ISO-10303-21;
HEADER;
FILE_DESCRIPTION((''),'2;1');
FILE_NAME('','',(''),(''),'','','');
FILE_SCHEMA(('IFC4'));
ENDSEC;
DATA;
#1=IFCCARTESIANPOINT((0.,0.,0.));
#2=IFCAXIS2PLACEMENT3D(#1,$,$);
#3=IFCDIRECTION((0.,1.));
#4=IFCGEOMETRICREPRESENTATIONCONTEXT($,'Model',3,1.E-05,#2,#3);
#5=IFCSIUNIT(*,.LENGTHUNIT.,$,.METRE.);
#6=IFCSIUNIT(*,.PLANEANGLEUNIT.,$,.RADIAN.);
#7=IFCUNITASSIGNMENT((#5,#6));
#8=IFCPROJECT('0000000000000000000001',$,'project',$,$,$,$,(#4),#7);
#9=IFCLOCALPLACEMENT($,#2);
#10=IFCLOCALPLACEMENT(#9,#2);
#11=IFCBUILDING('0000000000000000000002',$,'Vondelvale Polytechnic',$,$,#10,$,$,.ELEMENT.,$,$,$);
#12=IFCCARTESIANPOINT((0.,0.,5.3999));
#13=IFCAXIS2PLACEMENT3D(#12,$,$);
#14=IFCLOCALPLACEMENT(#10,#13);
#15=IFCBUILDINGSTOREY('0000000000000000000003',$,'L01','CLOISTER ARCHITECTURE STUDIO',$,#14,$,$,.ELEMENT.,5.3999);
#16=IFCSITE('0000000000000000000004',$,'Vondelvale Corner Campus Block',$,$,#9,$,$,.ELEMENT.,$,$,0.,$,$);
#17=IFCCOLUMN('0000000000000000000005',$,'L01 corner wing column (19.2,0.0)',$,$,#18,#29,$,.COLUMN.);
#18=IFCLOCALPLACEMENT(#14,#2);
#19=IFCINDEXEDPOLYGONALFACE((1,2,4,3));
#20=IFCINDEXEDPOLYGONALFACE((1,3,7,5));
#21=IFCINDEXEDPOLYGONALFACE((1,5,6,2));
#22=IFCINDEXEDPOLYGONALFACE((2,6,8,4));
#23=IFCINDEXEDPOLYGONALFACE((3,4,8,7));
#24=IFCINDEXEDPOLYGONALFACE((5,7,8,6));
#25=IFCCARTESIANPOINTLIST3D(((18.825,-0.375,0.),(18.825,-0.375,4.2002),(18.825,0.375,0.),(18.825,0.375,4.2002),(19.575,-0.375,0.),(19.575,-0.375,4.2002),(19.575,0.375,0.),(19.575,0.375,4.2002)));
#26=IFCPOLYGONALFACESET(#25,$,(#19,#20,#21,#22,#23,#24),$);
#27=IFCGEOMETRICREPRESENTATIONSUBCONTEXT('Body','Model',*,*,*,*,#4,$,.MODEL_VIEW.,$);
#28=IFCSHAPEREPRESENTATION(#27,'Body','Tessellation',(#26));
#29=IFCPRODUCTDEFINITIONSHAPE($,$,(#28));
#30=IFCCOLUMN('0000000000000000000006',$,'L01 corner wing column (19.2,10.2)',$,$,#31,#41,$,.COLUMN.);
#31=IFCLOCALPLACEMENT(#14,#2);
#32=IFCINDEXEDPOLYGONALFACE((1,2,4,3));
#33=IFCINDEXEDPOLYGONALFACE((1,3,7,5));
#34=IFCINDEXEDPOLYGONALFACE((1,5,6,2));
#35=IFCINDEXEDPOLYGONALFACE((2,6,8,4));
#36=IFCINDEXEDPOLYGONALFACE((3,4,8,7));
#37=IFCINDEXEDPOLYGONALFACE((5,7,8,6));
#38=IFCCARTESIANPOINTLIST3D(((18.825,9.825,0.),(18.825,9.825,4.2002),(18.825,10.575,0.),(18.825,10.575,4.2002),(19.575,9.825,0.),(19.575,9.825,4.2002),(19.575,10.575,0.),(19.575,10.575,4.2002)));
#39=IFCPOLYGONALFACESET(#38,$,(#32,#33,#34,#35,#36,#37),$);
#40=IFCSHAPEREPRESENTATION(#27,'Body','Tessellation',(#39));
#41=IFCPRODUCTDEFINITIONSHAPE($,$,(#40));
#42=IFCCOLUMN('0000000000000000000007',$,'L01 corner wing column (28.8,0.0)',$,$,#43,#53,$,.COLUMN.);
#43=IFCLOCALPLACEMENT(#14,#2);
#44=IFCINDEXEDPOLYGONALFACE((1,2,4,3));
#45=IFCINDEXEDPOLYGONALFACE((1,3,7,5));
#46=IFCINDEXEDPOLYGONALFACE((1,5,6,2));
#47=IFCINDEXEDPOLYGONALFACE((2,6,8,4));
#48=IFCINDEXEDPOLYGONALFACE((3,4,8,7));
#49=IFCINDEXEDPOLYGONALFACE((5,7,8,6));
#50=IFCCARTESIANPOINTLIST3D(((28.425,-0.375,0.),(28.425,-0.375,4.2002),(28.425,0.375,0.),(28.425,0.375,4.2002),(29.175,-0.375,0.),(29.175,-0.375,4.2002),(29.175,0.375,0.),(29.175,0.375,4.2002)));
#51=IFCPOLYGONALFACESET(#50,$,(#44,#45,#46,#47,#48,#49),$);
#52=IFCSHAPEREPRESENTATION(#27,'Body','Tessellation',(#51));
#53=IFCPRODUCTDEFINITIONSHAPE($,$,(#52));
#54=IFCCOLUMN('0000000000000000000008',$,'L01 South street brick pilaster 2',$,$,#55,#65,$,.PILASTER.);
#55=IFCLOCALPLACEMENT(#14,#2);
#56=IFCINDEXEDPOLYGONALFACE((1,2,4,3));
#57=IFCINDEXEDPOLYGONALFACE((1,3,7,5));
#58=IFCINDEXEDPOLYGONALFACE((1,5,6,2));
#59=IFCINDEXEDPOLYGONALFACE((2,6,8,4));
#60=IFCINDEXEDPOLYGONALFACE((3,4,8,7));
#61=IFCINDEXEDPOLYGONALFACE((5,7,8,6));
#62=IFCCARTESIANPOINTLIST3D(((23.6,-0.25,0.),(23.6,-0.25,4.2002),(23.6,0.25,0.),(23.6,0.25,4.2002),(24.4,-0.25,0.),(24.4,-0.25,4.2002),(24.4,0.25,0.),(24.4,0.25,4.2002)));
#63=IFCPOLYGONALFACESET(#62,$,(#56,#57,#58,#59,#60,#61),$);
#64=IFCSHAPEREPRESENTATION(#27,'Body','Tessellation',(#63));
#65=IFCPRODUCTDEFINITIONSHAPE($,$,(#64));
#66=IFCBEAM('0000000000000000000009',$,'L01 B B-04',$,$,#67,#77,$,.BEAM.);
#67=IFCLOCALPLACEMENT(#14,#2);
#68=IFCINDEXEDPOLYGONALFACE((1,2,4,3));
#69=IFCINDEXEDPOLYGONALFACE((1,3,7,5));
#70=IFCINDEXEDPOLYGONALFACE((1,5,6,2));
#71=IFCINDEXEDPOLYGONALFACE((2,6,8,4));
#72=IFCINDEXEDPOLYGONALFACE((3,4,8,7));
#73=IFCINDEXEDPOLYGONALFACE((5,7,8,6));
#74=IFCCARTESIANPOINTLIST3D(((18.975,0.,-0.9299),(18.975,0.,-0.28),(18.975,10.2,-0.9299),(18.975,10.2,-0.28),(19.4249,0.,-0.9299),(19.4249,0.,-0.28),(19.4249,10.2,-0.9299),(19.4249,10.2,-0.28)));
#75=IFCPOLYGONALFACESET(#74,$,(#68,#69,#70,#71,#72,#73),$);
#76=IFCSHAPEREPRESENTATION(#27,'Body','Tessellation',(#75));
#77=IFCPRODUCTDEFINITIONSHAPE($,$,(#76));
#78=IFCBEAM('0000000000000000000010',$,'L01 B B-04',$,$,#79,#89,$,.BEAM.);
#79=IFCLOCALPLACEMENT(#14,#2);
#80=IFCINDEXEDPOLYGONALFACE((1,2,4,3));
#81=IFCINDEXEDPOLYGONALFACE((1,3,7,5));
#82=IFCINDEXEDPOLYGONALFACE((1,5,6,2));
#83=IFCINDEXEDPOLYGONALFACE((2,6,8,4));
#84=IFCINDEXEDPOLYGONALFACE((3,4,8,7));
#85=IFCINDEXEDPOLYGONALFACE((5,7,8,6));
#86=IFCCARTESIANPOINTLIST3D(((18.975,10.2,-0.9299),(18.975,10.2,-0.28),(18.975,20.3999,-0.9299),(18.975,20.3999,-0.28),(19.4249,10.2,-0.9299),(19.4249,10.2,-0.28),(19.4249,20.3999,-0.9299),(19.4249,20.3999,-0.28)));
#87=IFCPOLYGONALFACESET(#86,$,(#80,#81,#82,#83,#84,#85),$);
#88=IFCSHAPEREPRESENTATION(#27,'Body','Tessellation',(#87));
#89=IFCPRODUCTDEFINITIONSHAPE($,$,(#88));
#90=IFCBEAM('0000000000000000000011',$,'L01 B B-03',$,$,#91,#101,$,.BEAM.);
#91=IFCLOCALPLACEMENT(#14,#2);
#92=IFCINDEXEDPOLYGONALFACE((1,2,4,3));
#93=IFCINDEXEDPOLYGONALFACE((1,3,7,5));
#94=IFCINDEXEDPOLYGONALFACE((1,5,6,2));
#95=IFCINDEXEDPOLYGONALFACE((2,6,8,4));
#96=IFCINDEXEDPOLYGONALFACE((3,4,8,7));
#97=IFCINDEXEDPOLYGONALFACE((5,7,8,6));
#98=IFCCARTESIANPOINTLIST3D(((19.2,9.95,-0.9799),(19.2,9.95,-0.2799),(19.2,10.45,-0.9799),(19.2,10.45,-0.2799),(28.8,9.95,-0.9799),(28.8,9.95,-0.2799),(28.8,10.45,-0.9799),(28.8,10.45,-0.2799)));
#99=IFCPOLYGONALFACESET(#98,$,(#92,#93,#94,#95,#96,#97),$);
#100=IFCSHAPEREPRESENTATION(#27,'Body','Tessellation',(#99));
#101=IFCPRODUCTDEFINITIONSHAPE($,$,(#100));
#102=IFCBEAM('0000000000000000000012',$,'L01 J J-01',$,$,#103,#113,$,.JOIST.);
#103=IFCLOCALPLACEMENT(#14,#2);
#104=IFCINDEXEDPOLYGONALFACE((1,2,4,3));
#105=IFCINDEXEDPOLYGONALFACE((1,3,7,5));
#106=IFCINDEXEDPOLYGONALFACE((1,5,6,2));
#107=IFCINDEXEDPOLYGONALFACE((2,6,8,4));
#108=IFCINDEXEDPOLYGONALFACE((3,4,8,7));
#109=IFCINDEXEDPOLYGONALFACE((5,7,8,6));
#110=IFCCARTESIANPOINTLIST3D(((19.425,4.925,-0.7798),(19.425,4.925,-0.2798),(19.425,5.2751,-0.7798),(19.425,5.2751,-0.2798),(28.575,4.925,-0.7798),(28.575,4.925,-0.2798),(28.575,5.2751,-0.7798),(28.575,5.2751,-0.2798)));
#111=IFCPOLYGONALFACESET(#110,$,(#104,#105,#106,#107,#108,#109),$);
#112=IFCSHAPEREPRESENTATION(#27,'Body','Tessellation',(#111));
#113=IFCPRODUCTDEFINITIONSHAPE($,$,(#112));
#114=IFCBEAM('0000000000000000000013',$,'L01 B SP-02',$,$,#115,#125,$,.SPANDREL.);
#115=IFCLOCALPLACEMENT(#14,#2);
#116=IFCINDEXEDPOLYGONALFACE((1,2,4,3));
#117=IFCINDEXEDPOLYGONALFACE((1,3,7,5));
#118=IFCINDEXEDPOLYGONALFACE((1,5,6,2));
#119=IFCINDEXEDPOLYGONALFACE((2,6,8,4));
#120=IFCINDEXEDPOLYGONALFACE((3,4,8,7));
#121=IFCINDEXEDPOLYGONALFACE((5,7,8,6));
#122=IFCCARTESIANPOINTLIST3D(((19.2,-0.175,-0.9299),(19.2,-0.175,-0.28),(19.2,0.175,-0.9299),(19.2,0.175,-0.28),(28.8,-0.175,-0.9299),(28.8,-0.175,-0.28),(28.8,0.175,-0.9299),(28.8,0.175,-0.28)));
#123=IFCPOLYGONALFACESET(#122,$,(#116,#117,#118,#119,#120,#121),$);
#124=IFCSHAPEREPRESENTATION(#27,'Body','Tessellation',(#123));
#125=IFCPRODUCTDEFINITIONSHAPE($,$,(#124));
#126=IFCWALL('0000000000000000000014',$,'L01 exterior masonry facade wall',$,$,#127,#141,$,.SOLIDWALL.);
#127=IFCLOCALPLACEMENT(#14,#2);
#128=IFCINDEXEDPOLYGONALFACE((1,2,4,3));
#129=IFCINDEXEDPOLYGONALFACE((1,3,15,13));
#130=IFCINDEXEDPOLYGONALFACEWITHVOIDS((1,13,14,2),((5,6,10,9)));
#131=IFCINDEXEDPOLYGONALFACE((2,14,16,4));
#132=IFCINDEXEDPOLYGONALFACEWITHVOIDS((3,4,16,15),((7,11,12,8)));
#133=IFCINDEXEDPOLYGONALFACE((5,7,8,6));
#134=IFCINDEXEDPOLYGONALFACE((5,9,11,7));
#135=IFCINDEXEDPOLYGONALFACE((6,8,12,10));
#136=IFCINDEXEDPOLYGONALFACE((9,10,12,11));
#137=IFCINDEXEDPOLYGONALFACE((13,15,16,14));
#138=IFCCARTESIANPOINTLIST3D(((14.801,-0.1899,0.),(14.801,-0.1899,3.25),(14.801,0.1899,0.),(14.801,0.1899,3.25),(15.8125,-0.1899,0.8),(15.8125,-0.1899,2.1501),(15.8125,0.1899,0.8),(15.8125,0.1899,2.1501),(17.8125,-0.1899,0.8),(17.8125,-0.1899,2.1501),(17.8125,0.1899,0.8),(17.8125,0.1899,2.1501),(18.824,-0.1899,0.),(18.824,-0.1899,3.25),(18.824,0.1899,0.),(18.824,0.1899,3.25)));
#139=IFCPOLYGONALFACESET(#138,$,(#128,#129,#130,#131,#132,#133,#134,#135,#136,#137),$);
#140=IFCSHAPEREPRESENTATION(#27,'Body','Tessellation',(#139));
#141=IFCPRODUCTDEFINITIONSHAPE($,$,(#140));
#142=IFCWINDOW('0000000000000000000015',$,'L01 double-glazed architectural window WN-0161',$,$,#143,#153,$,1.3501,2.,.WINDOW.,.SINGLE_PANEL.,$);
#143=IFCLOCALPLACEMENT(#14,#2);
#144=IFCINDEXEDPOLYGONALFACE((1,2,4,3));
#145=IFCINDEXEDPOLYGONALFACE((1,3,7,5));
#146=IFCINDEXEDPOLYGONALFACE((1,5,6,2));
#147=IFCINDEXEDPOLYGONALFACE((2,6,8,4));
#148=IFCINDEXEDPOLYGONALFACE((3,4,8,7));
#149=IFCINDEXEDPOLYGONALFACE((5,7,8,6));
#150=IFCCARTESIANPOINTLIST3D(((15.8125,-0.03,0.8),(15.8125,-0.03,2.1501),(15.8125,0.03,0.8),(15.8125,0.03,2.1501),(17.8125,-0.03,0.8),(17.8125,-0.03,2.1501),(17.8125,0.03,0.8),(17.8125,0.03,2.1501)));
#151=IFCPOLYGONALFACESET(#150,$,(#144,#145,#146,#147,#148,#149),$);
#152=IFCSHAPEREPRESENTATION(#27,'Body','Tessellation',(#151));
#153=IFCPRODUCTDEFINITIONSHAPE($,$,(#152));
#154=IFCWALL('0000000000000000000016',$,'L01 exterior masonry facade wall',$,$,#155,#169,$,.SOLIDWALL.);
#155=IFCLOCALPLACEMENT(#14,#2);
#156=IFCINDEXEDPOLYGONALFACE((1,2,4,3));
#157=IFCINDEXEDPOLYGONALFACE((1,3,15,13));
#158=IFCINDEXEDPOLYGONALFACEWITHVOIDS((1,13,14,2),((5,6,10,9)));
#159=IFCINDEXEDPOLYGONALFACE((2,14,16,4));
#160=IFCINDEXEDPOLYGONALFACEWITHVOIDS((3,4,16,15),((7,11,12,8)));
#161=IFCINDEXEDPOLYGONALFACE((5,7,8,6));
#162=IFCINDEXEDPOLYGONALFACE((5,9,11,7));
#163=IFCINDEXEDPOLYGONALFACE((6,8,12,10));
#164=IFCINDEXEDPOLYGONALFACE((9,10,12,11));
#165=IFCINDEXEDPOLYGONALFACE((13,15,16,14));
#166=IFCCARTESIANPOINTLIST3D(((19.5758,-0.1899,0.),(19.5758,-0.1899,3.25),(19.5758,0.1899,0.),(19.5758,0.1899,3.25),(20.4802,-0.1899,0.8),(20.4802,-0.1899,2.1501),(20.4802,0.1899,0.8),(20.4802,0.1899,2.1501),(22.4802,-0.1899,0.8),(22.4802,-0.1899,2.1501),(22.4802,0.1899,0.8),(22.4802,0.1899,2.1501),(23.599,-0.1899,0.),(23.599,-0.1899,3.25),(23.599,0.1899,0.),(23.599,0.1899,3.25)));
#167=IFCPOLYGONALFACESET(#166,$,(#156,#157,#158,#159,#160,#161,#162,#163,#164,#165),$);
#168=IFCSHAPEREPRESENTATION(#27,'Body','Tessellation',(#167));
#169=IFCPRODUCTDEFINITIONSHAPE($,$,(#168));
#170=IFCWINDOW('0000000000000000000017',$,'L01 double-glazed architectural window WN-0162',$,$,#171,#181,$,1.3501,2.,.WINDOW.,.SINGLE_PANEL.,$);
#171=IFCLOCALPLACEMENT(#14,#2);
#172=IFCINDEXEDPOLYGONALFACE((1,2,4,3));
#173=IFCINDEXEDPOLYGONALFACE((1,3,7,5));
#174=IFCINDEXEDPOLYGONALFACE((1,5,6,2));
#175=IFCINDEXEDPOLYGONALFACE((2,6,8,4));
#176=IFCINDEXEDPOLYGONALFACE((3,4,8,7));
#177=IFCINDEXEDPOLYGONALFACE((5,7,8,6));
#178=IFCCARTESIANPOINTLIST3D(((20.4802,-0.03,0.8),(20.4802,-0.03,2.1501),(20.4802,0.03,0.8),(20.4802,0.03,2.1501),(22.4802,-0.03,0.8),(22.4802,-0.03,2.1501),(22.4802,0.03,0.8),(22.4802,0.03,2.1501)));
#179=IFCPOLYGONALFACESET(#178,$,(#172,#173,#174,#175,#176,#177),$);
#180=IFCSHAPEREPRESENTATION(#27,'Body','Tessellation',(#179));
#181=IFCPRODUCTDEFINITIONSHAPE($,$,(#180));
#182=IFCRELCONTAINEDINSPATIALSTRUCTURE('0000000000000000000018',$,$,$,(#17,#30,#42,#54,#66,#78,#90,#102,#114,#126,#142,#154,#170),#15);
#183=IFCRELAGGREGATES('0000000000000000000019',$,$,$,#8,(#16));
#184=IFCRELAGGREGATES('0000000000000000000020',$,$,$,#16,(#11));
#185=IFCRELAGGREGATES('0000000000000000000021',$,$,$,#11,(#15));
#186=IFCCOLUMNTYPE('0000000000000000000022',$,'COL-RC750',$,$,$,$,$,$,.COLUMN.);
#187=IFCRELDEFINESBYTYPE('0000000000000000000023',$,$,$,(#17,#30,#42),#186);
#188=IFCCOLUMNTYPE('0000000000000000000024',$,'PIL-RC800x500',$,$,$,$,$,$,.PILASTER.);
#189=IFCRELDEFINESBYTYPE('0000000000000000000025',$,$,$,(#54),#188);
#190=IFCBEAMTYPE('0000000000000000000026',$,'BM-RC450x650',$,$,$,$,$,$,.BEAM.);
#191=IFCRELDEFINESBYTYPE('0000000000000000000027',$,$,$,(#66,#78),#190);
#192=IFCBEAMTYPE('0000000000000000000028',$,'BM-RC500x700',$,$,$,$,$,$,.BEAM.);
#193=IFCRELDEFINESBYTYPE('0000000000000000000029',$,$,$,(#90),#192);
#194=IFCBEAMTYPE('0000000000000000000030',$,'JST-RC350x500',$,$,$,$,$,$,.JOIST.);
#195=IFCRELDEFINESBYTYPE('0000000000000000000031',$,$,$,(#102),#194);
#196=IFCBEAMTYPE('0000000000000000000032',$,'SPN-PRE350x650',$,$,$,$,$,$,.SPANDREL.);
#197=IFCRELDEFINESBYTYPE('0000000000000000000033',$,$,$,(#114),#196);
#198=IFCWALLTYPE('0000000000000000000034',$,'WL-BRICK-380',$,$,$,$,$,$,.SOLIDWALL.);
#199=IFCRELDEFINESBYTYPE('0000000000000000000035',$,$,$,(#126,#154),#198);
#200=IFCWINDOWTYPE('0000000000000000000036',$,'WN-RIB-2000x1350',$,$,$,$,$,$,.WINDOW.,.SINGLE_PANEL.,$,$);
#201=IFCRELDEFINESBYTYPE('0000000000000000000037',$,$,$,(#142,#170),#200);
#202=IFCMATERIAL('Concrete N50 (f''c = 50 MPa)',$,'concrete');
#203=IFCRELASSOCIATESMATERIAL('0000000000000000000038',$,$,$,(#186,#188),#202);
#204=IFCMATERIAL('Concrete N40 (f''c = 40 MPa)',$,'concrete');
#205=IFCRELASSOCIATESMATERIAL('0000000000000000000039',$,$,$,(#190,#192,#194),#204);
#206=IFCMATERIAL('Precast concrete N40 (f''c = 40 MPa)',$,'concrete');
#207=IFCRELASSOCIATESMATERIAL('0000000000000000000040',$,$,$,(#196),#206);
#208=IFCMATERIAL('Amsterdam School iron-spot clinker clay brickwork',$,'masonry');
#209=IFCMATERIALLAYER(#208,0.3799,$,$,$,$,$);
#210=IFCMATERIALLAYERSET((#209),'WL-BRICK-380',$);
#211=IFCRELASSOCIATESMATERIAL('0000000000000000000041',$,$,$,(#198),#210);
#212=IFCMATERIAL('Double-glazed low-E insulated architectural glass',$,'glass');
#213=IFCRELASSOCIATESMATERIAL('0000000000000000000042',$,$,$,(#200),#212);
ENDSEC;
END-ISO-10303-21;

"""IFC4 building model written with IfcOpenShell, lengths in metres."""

from ifc_helpers import new_model, si_unit, direction, frame, frame_2d, origin, origin_2d, place, context, subcontext, project, spatial, rectangle, extrude, material, layer, layer_set, material_profile, profile_set, type_object, element, fill, save


model = new_model("IFC4")

# Units and contexts
model_context = context("Model", 3, precision=1e-05, world=origin(), true_north=direction((0.0, 1.0)))
body_context = subcontext(model_context, "Body", "Model", "MODEL_VIEW")
ifc_project = project(units=[si_unit("LENGTHUNIT", "METRE"), si_unit("PLANEANGLEUNIT", "RADIAN")], contexts=[model_context])

# Site, building, storey
site_placement = place(None, origin())
site = spatial("IfcSite", under=ifc_project, at=site_placement, Name="Vondelvale Corner Campus Block", CompositionType="ELEMENT", RefElevation=0.0)
building_placement = place(site_placement, origin())
building = spatial("IfcBuilding", under=site, at=building_placement, Name="Vondelvale Polytechnic", CompositionType="ELEMENT")
storey_placement = place(building_placement, frame((0.0, 0.0, 5.3999)))
storey = spatial("IfcBuildingStorey", under=building, at=storey_placement, Name="L01", Description="CLOISTER ARCHITECTURE STUDIO", CompositionType="ELEMENT", Elevation=5.3999)

# Columns
ifc_material_1 = material(Name="Concrete N50 (f'c = 50 MPa)", Category="concrete")
ifc_material_profile_1 = material_profile(ifc_material_1, rectangle(XDim=0.75, YDim=0.75, at=origin_2d()), Name="RC-COL-750x750")
ifc_profile_set_1 = profile_set([ifc_material_profile_1], Name="Concrete N50 (f'c = 50 MPa)")
column_type_1 = type_object("IfcColumnType", Name="COL-RC750", PredefinedType="COLUMN", material=ifc_profile_set_1)
for number, where, z_axis, x_axis, name in (
    (1, (19.2, 0.0, 0.0), (0.0, 0.0, 1.0), (1.0, 0.0, 0.0), "L01 corner wing column (19.2,0.0)"),
    (2, (19.2, 10.2, 0.0), (0.0, 0.0, 1.0), (1.0, 0.0, 0.0), "L01 corner wing column (19.2,10.2)"),
    (3, (28.8, 0.0, 0.0), (0.0, 0.0, 1.0), (1.0, 0.0, 0.0), "L01 corner wing column (28.8,0.0)"),
):
    element("IfcColumn", number, at=place(storey_placement, frame(where, z_axis=z_axis, x_axis=x_axis)), inside=storey, type_object=column_type_1, Name=name, PredefinedType="COLUMN", context=body_context, shape_type="SweptSolid", body=[
        extrude(rectangle(XDim=0.75, YDim=0.75, at=origin_2d()), origin(), (0.0, 0.0, 1.0), 4.2002),
    ])
ifc_material_profile_2 = material_profile(ifc_material_1, rectangle(XDim=0.5, YDim=0.8, at=origin_2d()), Name="RC-PIL-800x500")
ifc_profile_set_2 = profile_set([ifc_material_profile_2], Name="Concrete N50 (f'c = 50 MPa)")
column_type_2 = type_object("IfcColumnType", Name="PIL-RC800x500", PredefinedType="PILASTER", material=ifc_profile_set_2)
column_placement = place(storey_placement, frame((24.0, 0.0, 0.0), z_axis=(0.0, 0.0, 1.0), x_axis=(0.0, 1.0, 0.0)))
element("IfcColumn", 4, at=column_placement, inside=storey, type_object=column_type_2, Name="L01 South street brick pilaster 2", PredefinedType="PILASTER", context=body_context, shape_type="SweptSolid", body=[
    extrude(rectangle(XDim=0.5, YDim=0.8, at=origin_2d()), origin(), (0.0, 0.0, 1.0), 4.2002),
])

# Beams
ifc_material_2 = material(Name="Concrete N40 (f'c = 40 MPa)", Category="concrete")
ifc_material_profile_3 = material_profile(ifc_material_2, rectangle(XDim=0.45, YDim=0.6499, at=origin_2d()), Name="RC-BM-450x650")
ifc_profile_set_3 = profile_set([ifc_material_profile_3], Name="Concrete N40 (f'c = 40 MPa)")
beam_type_1 = type_object("IfcBeamType", Name="BM-RC450x650", PredefinedType="BEAM", material=ifc_profile_set_3)
for number, where, z_axis, x_axis, name in (
    (5, (19.2, 0.0, -0.605), (0.0, 1.0, 0.0), (-1.0, 0.0, 0.0), "L01 B B-04"),
    (6, (19.2, 10.2, -0.605), (0.0, 1.0, 0.0), (-1.0, 0.0, 0.0), "L01 B B-04"),
):
    element("IfcBeam", number, at=place(storey_placement, frame(where, z_axis=z_axis, x_axis=x_axis)), inside=storey, type_object=beam_type_1, Name=name, PredefinedType="BEAM", context=body_context, shape_type="SweptSolid", body=[
        extrude(rectangle(XDim=0.45, YDim=0.6499, at=origin_2d()), origin(), (0.0, 0.0, 1.0), 10.2),
    ])
ifc_material_profile_4 = material_profile(ifc_material_2, rectangle(XDim=0.5, YDim=0.7, at=origin_2d()), Name="RC-BM-500x700")
ifc_profile_set_4 = profile_set([ifc_material_profile_4], Name="Concrete N40 (f'c = 40 MPa)")
beam_type_2 = type_object("IfcBeamType", Name="BM-RC500x700", PredefinedType="BEAM", material=ifc_profile_set_4)
beam_1_placement = place(storey_placement, frame((19.2, 10.2, -0.6299), z_axis=(1.0, 0.0, 0.0), x_axis=(0.0, 1.0, 0.0)))
element("IfcBeam", 7, at=beam_1_placement, inside=storey, type_object=beam_type_2, Name="L01 B B-03", PredefinedType="BEAM", context=body_context, shape_type="SweptSolid", body=[
    extrude(rectangle(XDim=0.5, YDim=0.7, at=origin_2d()), origin(), (0.0, 0.0, 1.0), 9.6001),
])
ifc_material_profile_5 = material_profile(ifc_material_2, rectangle(XDim=0.3501, YDim=0.5, at=origin_2d()), Name="RC-JST-350x500")
ifc_profile_set_5 = profile_set([ifc_material_profile_5], Name="Concrete N40 (f'c = 40 MPa)")
beam_type_3 = type_object("IfcBeamType", Name="JST-RC350x500", PredefinedType="JOIST", material=ifc_profile_set_5)
beam_2_placement = place(storey_placement, frame((19.425, 5.1001, -0.5298), z_axis=(1.0, 0.0, 0.0), x_axis=(0.0, 1.0, 0.0)))
element("IfcBeam", 8, at=beam_2_placement, inside=storey, type_object=beam_type_3, Name="L01 J J-01", PredefinedType="JOIST", context=body_context, shape_type="SweptSolid", body=[
    extrude(rectangle(XDim=0.3501, YDim=0.5, at=origin_2d()), origin(), (0.0, 0.0, 1.0), 9.1499),
])
ifc_material_3 = material(Name="Precast concrete N40 (f'c = 40 MPa)", Category="concrete")
ifc_material_profile_6 = material_profile(ifc_material_3, rectangle(XDim=0.3501, YDim=0.6499, at=origin_2d()), Name="RC-SPN-350x650")
ifc_profile_set_6 = profile_set([ifc_material_profile_6], Name="Precast concrete N40 (f'c = 40 MPa)")
beam_type_4 = type_object("IfcBeamType", Name="SPN-PRE350x650", PredefinedType="SPANDREL", material=ifc_profile_set_6)
beam_3_placement = place(storey_placement, frame((19.2, 0.0, -0.605), z_axis=(1.0, 0.0, 0.0), x_axis=(0.0, 1.0, 0.0)))
element("IfcBeam", 9, at=beam_3_placement, inside=storey, type_object=beam_type_4, Name="L01 B SP-02", PredefinedType="SPANDREL", context=body_context, shape_type="SweptSolid", body=[
    extrude(rectangle(XDim=0.3501, YDim=0.6499, at=origin_2d()), origin(), (0.0, 0.0, 1.0), 9.6001),
])

# Walls, openings, windows
ifc_material_4 = material(Name="Amsterdam School iron-spot clinker clay brickwork", Category="masonry")
ifc_layer_1 = layer(ifc_material_4, 0.3799)
ifc_layer_set_1 = layer_set([ifc_layer_1], Name="WL-BRICK-380")
wall_type_1 = type_object("IfcWallType", Name="WL-BRICK-380", PredefinedType="SOLIDWALL", material=ifc_layer_set_1)
wall_1_placement = place(storey_placement, frame((18.824, 0.0, 0.0), z_axis=(0.0, 0.0, 1.0), x_axis=(-1.0, 0.0, 0.0)))
wall_1 = element("IfcWall", 10, at=wall_1_placement, inside=storey, type_object=wall_type_1, Name="L01 exterior masonry facade wall", PredefinedType="SOLIDWALL", context=body_context, shape_type="SweptSolid", body=[
    extrude(rectangle(XDim=4.0229, YDim=0.3799, at=frame_2d((2.0115, 0.0))), origin(), (0.0, 0.0, 1.0), 3.25),
])
opening_1_placement = place(wall_1_placement, frame((1.0115, 0.0, 0.8)))
opening_1 = element("IfcOpeningElement", 11, at=opening_1_placement, cuts=wall_1, PredefinedType="OPENING", context=body_context, shape_type="SweptSolid", body=[
    extrude(rectangle(XDim=2.0, YDim=1.3501, at=frame_2d((1.0, 0.675))), frame((0.0, 0.2, 0.0), z_axis=(0.0, -1.0, 0.0), x_axis=(1.0, 0.0, 0.0)), (0.0, 0.0, 1.0), 0.3999),
])
ifc_material_5 = material(Name="Double-glazed low-E insulated architectural glass", Category="glass")
window_type = type_object("IfcWindowType", Name="WN-RIB-2000x1350", PartitioningType="SINGLE_PANEL", PredefinedType="WINDOW", material=ifc_material_5)
window_1_placement = place(opening_1_placement, origin())
window_1 = element("IfcWindow", 12, at=window_1_placement, inside=storey, type_object=window_type, Name="L01 double-glazed architectural window WN-0161", OverallHeight=1.3501, OverallWidth=2.0, PartitioningType="SINGLE_PANEL", PredefinedType="WINDOW", context=body_context, shape_type="SweptSolid", body=[
    extrude(rectangle(XDim=2.0, YDim=1.3501, at=frame_2d((1.0, 0.675))), frame((0.0, 0.03, 0.0), z_axis=(0.0, -1.0, 0.0), x_axis=(1.0, 0.0, 0.0)), (0.0, 0.0, 1.0), 0.0601),
])
fill(opening_1, window_1)
wall_2_placement = place(storey_placement, frame((23.5991, 0.0, 0.0), z_axis=(0.0, 0.0, 1.0), x_axis=(-1.0, 0.0, 0.0)))
wall_2 = element("IfcWall", 13, at=wall_2_placement, inside=storey, type_object=wall_type_1, Name="L01 exterior masonry facade wall", PredefinedType="SOLIDWALL", context=body_context, shape_type="SweptSolid", body=[
    extrude(rectangle(XDim=4.0232, YDim=0.3799, at=frame_2d((2.0117, 0.0))), origin(), (0.0, 0.0, 1.0), 3.25),
])
opening_2_placement = place(wall_2_placement, frame((1.1189, 0.0, 0.8)))
opening_2 = element("IfcOpeningElement", 14, at=opening_2_placement, cuts=wall_2, PredefinedType="OPENING", context=body_context, shape_type="SweptSolid", body=[
    extrude(rectangle(XDim=2.0, YDim=1.3501, at=frame_2d((1.0, 0.675))), frame((0.0, 0.2, 0.0), z_axis=(0.0, -1.0, 0.0), x_axis=(1.0, 0.0, 0.0)), (0.0, 0.0, 1.0), 0.3999),
])
window_2_placement = place(opening_2_placement, origin())
window_2 = element("IfcWindow", 15, at=window_2_placement, inside=storey, type_object=window_type, Name="L01 double-glazed architectural window WN-0162", OverallHeight=1.3501, OverallWidth=2.0, PartitioningType="SINGLE_PANEL", PredefinedType="WINDOW", context=body_context, shape_type="SweptSolid", body=[
    extrude(rectangle(XDim=2.0, YDim=1.3501, at=frame_2d((1.0, 0.675))), frame((0.0, 0.03, 0.0), z_axis=(0.0, -1.0, 0.0), x_axis=(1.0, 0.0, 0.0)), (0.0, 0.0, 1.0), 0.0601),
])
fill(opening_2, window_2)

save(model, "model.ifc")
